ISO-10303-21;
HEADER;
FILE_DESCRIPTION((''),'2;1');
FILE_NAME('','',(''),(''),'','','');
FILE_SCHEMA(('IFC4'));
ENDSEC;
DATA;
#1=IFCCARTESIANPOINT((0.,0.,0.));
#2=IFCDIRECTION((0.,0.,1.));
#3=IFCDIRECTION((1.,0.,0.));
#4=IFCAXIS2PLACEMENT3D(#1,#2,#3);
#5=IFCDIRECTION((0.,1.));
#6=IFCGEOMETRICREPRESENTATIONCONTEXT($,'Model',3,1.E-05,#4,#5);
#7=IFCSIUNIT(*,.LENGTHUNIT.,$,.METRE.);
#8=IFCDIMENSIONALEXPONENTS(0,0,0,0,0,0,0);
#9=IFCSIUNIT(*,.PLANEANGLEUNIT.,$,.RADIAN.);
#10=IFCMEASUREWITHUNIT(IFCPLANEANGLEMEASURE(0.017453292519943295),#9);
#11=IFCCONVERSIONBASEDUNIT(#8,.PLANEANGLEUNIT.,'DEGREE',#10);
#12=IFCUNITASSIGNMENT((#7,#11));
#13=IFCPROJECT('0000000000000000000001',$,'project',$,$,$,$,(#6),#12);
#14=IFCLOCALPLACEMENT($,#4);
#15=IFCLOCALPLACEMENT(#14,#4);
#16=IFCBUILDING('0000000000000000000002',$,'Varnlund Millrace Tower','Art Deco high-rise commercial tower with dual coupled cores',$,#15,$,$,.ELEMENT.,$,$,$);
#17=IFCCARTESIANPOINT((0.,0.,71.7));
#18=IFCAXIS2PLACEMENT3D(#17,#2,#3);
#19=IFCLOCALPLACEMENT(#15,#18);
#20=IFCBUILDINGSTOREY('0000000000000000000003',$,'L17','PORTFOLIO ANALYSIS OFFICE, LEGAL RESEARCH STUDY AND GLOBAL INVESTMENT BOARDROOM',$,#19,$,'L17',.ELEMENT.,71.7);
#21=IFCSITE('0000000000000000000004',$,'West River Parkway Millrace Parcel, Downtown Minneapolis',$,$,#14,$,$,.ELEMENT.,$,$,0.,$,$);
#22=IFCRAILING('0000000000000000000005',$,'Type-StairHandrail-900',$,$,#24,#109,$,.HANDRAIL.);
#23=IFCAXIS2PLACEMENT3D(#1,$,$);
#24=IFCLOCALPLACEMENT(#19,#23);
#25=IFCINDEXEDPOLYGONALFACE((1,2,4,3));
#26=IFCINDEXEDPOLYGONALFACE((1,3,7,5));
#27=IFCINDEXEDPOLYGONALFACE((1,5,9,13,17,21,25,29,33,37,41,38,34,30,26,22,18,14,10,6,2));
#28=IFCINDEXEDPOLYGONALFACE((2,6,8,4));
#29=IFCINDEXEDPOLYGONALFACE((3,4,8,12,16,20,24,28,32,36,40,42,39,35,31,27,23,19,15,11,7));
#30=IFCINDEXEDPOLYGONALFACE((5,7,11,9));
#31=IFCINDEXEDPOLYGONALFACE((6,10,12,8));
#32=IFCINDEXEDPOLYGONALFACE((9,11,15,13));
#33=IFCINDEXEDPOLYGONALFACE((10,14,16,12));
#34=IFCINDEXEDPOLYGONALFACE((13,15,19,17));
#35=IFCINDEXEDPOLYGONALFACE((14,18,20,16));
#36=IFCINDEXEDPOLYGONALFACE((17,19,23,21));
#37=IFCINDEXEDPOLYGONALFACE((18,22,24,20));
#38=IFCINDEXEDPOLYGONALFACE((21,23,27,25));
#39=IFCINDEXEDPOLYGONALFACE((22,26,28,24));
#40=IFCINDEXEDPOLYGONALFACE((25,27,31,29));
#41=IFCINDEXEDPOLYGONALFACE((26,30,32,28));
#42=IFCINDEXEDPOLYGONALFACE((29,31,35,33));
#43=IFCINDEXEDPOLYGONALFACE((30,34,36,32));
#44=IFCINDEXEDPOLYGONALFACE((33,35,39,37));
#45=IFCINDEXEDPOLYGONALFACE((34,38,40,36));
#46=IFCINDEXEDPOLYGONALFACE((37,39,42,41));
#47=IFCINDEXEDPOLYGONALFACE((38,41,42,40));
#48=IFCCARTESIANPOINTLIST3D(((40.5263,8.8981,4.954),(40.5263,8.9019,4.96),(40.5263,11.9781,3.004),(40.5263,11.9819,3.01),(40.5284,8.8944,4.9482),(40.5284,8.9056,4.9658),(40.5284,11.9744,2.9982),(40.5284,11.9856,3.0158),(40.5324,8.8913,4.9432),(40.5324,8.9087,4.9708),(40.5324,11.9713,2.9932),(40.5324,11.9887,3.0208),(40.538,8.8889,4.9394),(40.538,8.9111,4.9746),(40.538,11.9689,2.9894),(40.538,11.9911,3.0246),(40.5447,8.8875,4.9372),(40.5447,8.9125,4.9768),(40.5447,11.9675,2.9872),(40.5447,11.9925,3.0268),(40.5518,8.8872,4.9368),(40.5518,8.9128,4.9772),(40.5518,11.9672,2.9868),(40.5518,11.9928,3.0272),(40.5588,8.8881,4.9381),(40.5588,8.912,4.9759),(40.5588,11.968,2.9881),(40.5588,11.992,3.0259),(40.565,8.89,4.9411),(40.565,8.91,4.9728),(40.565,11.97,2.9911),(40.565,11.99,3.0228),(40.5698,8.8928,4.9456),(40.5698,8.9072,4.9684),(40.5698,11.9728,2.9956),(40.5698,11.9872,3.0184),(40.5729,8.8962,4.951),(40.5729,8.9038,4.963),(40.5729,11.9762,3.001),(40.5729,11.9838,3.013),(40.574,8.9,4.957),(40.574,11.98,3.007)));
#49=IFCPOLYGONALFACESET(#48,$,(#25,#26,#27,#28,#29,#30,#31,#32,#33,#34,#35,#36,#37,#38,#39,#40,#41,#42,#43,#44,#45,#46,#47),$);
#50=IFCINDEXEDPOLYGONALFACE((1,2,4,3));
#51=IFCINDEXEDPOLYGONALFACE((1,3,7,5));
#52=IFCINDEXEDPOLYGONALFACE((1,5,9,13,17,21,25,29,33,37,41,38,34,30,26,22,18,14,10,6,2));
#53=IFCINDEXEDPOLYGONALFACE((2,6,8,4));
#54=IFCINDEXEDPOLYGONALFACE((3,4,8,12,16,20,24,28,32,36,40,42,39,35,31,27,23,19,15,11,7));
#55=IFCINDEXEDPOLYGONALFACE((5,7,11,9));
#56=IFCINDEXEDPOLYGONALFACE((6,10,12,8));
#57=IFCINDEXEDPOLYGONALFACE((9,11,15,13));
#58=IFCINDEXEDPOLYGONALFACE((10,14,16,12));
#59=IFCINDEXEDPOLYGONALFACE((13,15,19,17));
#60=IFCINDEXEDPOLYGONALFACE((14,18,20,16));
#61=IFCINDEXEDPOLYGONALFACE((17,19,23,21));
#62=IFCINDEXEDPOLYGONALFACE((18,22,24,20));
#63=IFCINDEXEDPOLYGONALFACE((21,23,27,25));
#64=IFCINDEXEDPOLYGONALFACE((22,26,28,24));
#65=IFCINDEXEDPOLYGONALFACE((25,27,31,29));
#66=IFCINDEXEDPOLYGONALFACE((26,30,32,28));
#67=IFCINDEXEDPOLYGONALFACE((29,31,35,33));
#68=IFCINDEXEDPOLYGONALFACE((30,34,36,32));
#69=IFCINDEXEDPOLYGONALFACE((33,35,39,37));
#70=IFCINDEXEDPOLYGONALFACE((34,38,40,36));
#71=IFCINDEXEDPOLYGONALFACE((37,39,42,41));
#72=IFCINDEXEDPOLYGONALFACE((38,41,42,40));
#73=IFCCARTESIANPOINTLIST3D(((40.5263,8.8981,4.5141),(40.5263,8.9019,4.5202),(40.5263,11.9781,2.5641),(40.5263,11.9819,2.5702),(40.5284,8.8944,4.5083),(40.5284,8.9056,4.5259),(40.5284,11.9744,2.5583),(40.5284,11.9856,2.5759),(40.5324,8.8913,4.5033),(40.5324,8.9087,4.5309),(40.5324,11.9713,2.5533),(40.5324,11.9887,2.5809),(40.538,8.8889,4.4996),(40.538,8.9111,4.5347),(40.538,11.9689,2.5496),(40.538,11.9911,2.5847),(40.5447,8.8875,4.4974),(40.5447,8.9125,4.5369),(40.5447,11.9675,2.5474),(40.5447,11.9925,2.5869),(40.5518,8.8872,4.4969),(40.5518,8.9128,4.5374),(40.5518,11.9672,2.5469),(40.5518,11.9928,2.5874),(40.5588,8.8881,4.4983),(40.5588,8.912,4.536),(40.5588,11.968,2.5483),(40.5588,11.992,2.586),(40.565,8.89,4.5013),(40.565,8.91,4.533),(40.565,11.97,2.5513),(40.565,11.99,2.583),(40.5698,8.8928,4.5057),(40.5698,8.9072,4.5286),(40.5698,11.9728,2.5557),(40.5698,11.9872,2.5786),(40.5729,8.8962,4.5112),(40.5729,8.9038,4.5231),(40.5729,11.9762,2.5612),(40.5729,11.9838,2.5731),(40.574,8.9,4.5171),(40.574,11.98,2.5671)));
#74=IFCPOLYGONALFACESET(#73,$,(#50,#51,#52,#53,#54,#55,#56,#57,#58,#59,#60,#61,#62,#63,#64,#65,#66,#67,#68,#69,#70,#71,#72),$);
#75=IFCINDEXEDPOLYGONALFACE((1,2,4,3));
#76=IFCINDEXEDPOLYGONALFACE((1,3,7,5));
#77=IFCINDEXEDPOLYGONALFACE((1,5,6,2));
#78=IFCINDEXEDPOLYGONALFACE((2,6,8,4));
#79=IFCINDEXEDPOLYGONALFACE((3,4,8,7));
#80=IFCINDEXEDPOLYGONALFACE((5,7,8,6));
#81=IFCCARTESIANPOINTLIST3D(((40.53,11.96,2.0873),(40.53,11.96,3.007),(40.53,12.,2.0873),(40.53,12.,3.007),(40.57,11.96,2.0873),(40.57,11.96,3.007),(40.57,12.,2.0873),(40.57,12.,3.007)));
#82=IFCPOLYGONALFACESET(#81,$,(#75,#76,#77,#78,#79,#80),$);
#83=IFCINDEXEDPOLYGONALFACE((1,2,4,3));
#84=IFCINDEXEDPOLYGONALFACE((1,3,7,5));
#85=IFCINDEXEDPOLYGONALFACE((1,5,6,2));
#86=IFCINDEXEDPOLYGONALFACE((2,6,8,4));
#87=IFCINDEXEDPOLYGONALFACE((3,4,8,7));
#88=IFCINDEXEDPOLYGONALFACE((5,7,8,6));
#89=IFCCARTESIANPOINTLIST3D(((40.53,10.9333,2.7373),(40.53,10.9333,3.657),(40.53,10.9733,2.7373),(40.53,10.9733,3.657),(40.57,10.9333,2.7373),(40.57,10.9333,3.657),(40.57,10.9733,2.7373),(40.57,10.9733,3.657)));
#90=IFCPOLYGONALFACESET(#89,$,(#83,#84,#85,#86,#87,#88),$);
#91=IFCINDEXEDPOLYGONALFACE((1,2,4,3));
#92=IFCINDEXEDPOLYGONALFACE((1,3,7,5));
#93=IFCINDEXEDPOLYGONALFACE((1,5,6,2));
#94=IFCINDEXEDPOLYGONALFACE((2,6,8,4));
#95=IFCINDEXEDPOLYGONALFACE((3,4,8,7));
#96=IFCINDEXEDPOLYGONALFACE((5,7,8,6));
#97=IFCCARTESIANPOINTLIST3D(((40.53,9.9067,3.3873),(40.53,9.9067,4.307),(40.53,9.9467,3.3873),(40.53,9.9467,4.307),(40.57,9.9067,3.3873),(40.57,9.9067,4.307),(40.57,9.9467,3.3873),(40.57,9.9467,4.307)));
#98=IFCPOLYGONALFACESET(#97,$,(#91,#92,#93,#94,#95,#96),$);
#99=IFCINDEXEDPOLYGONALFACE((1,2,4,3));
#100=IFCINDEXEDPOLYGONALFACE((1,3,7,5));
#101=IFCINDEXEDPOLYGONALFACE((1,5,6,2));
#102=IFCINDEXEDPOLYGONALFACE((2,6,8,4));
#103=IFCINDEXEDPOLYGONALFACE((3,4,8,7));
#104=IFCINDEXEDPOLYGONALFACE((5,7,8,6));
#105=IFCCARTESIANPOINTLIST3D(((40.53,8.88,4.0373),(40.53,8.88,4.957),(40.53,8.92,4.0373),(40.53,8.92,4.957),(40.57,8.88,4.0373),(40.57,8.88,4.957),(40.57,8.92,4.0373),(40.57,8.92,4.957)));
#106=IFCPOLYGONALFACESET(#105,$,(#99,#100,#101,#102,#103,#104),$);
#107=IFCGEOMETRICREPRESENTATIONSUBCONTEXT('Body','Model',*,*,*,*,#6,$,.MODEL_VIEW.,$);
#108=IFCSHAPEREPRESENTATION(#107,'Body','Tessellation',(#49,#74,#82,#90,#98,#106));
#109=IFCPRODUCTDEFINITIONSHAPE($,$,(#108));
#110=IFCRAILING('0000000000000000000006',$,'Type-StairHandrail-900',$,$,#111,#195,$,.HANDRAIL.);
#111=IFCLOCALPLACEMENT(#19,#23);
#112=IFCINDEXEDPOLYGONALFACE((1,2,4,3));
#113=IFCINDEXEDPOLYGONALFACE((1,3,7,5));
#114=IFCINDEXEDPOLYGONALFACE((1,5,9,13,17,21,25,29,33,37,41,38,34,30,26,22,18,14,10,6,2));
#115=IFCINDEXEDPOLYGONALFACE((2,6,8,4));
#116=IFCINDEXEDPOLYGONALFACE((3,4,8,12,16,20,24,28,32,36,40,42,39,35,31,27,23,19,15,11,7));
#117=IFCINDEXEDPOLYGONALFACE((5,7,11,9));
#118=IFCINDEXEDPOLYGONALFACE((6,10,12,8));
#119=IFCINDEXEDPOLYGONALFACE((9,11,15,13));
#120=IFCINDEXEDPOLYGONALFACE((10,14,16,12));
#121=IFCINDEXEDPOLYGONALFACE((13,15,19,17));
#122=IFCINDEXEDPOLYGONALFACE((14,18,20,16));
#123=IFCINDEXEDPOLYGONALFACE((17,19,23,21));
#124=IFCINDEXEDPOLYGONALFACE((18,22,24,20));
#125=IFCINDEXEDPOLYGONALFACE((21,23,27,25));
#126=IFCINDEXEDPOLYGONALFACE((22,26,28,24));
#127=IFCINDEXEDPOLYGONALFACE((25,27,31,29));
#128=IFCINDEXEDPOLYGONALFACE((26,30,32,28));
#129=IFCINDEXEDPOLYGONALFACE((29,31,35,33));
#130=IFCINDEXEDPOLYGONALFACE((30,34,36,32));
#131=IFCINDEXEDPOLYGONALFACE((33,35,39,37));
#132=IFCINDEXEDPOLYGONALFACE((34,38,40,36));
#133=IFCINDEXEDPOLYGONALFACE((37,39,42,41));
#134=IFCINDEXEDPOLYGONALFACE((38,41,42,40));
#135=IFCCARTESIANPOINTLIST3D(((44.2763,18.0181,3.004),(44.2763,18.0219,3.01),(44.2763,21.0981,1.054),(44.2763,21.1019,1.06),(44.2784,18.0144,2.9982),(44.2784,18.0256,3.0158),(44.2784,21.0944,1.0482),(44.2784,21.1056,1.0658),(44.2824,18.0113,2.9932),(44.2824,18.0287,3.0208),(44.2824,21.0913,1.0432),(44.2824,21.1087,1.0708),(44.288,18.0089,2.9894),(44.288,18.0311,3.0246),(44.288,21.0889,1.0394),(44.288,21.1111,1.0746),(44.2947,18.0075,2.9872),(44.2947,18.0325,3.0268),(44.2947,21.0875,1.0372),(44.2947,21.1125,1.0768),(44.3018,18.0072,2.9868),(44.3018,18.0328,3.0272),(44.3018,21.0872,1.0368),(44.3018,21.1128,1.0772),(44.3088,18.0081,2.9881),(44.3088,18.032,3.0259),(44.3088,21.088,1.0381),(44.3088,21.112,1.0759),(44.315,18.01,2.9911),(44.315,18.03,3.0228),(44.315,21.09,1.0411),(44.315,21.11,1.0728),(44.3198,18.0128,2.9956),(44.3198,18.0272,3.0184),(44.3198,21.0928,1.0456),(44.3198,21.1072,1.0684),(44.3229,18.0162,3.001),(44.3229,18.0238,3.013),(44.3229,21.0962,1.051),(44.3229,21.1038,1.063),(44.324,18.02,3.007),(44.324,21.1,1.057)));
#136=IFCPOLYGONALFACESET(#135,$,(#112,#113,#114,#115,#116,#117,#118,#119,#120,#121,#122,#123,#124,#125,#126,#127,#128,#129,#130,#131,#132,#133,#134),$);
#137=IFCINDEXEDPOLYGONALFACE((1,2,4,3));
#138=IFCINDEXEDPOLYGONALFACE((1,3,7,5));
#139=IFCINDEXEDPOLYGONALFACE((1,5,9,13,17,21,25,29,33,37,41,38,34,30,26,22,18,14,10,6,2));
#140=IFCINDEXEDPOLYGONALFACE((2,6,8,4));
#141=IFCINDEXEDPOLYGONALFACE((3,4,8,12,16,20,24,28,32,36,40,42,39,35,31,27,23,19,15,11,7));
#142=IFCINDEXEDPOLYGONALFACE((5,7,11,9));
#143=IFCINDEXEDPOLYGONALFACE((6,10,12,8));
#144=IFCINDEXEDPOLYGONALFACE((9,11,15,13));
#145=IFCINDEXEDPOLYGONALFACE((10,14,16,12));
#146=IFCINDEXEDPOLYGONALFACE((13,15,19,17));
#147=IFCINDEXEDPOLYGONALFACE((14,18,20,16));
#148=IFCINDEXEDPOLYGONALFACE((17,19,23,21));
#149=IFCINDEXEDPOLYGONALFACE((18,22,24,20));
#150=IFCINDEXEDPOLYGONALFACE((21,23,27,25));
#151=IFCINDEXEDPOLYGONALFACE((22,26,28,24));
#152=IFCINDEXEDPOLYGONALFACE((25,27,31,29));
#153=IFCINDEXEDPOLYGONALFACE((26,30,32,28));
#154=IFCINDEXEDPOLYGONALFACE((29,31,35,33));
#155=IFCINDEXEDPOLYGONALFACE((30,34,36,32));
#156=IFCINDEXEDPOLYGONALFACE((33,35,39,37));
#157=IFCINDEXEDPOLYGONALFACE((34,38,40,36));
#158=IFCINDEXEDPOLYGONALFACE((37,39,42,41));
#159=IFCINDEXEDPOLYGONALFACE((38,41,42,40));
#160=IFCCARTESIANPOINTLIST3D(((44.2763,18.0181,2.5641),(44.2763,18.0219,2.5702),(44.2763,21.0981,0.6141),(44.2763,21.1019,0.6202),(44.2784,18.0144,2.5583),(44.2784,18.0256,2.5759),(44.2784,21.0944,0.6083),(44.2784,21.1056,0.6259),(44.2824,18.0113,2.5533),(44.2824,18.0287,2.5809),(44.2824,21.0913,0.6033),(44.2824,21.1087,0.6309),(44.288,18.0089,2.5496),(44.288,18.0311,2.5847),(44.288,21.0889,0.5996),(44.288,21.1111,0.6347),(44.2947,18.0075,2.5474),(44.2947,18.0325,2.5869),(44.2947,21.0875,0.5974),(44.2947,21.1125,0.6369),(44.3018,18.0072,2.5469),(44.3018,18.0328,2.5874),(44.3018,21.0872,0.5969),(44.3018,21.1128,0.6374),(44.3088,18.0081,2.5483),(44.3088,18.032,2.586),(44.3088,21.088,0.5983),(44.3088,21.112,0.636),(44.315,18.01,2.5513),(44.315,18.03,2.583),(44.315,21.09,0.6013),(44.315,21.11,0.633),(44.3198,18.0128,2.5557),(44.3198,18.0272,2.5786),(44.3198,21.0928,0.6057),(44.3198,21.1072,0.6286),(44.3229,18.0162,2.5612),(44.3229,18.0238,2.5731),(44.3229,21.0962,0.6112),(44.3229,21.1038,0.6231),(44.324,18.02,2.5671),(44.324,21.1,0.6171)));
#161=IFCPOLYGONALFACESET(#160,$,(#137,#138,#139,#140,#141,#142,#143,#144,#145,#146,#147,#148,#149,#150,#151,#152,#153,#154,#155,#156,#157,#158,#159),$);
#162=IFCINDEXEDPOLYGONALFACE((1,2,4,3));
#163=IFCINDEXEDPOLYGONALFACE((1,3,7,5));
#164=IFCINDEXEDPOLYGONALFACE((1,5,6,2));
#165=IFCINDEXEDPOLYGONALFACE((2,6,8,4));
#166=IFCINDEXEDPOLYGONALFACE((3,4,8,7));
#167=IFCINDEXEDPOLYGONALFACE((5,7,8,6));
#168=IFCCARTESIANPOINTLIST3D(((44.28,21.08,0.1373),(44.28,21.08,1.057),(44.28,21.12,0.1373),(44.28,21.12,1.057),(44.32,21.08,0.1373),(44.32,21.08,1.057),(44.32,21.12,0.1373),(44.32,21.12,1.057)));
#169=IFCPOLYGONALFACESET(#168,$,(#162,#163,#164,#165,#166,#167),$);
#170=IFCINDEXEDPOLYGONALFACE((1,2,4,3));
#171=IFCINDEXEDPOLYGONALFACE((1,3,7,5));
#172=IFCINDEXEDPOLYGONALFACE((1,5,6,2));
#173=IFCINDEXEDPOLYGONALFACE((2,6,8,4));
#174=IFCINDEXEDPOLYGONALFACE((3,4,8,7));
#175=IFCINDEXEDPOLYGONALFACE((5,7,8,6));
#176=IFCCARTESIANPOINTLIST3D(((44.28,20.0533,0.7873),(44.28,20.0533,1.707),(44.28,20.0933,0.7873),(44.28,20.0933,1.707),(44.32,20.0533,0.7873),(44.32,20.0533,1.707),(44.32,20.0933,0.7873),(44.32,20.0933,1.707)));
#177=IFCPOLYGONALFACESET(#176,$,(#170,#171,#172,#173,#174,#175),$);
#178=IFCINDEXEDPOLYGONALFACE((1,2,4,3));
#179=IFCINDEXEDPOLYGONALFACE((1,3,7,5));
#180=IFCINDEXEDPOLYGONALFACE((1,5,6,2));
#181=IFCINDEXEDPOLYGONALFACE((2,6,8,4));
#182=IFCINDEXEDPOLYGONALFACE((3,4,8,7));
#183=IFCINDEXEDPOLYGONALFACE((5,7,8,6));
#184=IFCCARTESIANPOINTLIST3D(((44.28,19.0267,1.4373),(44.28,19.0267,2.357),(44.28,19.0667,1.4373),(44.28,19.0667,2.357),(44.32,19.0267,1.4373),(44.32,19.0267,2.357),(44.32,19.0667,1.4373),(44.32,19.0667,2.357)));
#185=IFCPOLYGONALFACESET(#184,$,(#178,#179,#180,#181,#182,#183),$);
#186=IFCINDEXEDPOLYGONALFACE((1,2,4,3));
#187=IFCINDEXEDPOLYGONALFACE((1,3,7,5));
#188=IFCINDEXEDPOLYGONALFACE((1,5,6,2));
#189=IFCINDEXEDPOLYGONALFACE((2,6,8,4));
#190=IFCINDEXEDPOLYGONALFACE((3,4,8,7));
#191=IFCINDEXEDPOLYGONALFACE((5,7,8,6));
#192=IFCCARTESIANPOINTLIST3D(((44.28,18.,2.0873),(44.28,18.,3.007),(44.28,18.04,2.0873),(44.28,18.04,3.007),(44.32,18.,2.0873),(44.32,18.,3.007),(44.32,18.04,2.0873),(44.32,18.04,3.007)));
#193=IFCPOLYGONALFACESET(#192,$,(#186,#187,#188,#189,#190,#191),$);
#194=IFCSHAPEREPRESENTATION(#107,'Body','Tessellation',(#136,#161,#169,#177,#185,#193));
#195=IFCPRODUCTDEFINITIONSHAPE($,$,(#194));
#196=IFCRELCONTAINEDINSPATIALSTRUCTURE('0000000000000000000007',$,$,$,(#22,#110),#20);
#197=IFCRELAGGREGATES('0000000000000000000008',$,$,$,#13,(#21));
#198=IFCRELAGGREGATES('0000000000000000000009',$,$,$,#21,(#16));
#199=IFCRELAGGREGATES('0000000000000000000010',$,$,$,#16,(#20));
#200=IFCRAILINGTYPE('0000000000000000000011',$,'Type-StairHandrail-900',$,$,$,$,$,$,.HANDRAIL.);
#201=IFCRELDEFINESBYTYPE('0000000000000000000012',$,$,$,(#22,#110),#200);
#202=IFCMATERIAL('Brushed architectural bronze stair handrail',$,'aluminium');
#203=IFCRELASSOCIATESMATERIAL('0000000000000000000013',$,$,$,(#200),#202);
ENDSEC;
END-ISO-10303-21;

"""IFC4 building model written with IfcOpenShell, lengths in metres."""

from ifc_helpers import new_model, entity, si_unit, converted_unit, direction, frame, origin_with_axes, origin_2d_with_axis, place, context, subcontext, project, spatial, rectangle, circle, extrude, material, type_object, element, save


model = new_model("IFC4")

# Units and contexts
model_context = context("Model", 3, precision=1e-05, world=origin_with_axes(), true_north=direction((0.0, 1.0)))
body_context = subcontext(model_context, "Body", "Model", "MODEL_VIEW")
ifc_project = project(units=[si_unit("LENGTHUNIT", "METRE"), converted_unit("PLANEANGLEUNIT", "DEGREE", entity("IfcPlaneAngleMeasure", 0.017453292519943295), si_unit("PLANEANGLEUNIT", "RADIAN"), dimensions=[0, 0, 0, 0, 0, 0, 0])], contexts=[model_context])

# Site, building, storey
site_placement = place(None, origin_with_axes())
site = spatial("IfcSite", under=ifc_project, at=site_placement, Name="West River Parkway Millrace Parcel, Downtown Minneapolis", CompositionType="ELEMENT", RefElevation=0.0)
building_placement = place(site_placement, origin_with_axes())
building = spatial("IfcBuilding", under=site, at=building_placement, Name="Varnlund Millrace Tower", Description="Art Deco high-rise commercial tower with dual coupled cores", CompositionType="ELEMENT")
storey_placement = place(building_placement, frame((0.0, 0.0, 71.7), z_axis=(0.0, 0.0, 1.0), x_axis=(1.0, 0.0, 0.0)))
storey = spatial("IfcBuildingStorey", under=building, at=storey_placement, Name="L17", Description="PORTFOLIO ANALYSIS OFFICE, LEGAL RESEARCH STUDY AND GLOBAL INVESTMENT BOARDROOM", LongName="L17", CompositionType="ELEMENT", Elevation=71.7)

# Railings
ifc_material_1 = material(Name="Brushed architectural bronze stair handrail", Category="aluminium")
railing_type_1 = type_object("IfcRailingType", Name="Type-StairHandrail-900", PredefinedType="HANDRAIL", material=ifc_material_1)
railing_1_placement = place(storey_placement, frame((0.0, 0.0, -71.7), z_axis=(0.0, 0.0, 1.0), x_axis=(1.0, 0.0, 0.0)))
element("IfcRailing", 1, at=railing_1_placement, inside=storey, type_object=railing_type_1, Name="Type-StairHandrail-900", PredefinedType="HANDRAIL", context=body_context, shape_type="SweptSolid", body=[
    extrude(circle(Radius=0.024, at=origin_2d_with_axis()), frame((40.55, 11.98, 74.707), z_axis=(0.0, -0.844902, 0.534922), x_axis=(1.0, 0.0, 0.0)), (0.0, 0.0, 1.0), 3.6454),
    extrude(circle(Radius=0.024, at=origin_2d_with_axis()), frame((40.55, 11.98, 74.2671), z_axis=(0.0, -0.844902, 0.534922), x_axis=(1.0, 0.0, 0.0)), (0.0, 0.0, 1.0), 3.6454),
    extrude(rectangle(XDim=0.04, YDim=0.04, at=origin_2d_with_axis()), frame((40.55, 11.98, 73.7873), z_axis=(0.0, 0.0, 1.0), x_axis=(1.0, 0.0, 0.0)), (0.0, 0.0, 1.0), 0.9197),
    extrude(rectangle(XDim=0.04, YDim=0.04, at=origin_2d_with_axis()), frame((40.55, 10.9533, 74.4373), z_axis=(0.0, 0.0, 1.0), x_axis=(1.0, 0.0, 0.0)), (0.0, 0.0, 1.0), 0.9197),
    extrude(rectangle(XDim=0.04, YDim=0.04, at=origin_2d_with_axis()), frame((40.55, 9.9267, 75.0873), z_axis=(0.0, 0.0, 1.0), x_axis=(1.0, 0.0, 0.0)), (0.0, 0.0, 1.0), 0.9197),
    extrude(rectangle(XDim=0.04, YDim=0.04, at=origin_2d_with_axis()), frame((40.55, 8.9, 75.7373), z_axis=(0.0, 0.0, 1.0), x_axis=(1.0, 0.0, 0.0)), (0.0, 0.0, 1.0), 0.9197),
])
railing_2_placement = place(storey_placement, frame((0.0, 0.0, -71.7), z_axis=(0.0, 0.0, 1.0), x_axis=(1.0, 0.0, 0.0)))
element("IfcRailing", 2, at=railing_2_placement, inside=storey, type_object=railing_type_1, Name="Type-StairHandrail-900", PredefinedType="HANDRAIL", context=body_context, shape_type="SweptSolid", body=[
    extrude(circle(Radius=0.024, at=origin_2d_with_axis()), frame((44.3, 21.1, 72.757), z_axis=(0.0, -0.844902, 0.534922), x_axis=(1.0, 0.0, 0.0)), (0.0, 0.0, 1.0), 3.6454),
    extrude(circle(Radius=0.024, at=origin_2d_with_axis()), frame((44.3, 21.1, 72.3171), z_axis=(0.0, -0.844902, 0.534922), x_axis=(1.0, 0.0, 0.0)), (0.0, 0.0, 1.0), 3.6454),
    extrude(rectangle(XDim=0.04, YDim=0.04, at=origin_2d_with_axis()), frame((44.3, 21.1, 71.8373), z_axis=(0.0, 0.0, 1.0), x_axis=(1.0, 0.0, 0.0)), (0.0, 0.0, 1.0), 0.9197),
    extrude(rectangle(XDim=0.04, YDim=0.04, at=origin_2d_with_axis()), frame((44.3, 20.0733, 72.4873), z_axis=(0.0, 0.0, 1.0), x_axis=(1.0, 0.0, 0.0)), (0.0, 0.0, 1.0), 0.9197),
    extrude(rectangle(XDim=0.04, YDim=0.04, at=origin_2d_with_axis()), frame((44.3, 19.0467, 73.1373), z_axis=(0.0, 0.0, 1.0), x_axis=(1.0, 0.0, 0.0)), (0.0, 0.0, 1.0), 0.9197),
    extrude(rectangle(XDim=0.04, YDim=0.04, at=origin_2d_with_axis()), frame((44.3, 18.02, 73.7873), z_axis=(0.0, 0.0, 1.0), x_axis=(1.0, 0.0, 0.0)), (0.0, 0.0, 1.0), 0.9197),
])

save(model, "model.ifc")
